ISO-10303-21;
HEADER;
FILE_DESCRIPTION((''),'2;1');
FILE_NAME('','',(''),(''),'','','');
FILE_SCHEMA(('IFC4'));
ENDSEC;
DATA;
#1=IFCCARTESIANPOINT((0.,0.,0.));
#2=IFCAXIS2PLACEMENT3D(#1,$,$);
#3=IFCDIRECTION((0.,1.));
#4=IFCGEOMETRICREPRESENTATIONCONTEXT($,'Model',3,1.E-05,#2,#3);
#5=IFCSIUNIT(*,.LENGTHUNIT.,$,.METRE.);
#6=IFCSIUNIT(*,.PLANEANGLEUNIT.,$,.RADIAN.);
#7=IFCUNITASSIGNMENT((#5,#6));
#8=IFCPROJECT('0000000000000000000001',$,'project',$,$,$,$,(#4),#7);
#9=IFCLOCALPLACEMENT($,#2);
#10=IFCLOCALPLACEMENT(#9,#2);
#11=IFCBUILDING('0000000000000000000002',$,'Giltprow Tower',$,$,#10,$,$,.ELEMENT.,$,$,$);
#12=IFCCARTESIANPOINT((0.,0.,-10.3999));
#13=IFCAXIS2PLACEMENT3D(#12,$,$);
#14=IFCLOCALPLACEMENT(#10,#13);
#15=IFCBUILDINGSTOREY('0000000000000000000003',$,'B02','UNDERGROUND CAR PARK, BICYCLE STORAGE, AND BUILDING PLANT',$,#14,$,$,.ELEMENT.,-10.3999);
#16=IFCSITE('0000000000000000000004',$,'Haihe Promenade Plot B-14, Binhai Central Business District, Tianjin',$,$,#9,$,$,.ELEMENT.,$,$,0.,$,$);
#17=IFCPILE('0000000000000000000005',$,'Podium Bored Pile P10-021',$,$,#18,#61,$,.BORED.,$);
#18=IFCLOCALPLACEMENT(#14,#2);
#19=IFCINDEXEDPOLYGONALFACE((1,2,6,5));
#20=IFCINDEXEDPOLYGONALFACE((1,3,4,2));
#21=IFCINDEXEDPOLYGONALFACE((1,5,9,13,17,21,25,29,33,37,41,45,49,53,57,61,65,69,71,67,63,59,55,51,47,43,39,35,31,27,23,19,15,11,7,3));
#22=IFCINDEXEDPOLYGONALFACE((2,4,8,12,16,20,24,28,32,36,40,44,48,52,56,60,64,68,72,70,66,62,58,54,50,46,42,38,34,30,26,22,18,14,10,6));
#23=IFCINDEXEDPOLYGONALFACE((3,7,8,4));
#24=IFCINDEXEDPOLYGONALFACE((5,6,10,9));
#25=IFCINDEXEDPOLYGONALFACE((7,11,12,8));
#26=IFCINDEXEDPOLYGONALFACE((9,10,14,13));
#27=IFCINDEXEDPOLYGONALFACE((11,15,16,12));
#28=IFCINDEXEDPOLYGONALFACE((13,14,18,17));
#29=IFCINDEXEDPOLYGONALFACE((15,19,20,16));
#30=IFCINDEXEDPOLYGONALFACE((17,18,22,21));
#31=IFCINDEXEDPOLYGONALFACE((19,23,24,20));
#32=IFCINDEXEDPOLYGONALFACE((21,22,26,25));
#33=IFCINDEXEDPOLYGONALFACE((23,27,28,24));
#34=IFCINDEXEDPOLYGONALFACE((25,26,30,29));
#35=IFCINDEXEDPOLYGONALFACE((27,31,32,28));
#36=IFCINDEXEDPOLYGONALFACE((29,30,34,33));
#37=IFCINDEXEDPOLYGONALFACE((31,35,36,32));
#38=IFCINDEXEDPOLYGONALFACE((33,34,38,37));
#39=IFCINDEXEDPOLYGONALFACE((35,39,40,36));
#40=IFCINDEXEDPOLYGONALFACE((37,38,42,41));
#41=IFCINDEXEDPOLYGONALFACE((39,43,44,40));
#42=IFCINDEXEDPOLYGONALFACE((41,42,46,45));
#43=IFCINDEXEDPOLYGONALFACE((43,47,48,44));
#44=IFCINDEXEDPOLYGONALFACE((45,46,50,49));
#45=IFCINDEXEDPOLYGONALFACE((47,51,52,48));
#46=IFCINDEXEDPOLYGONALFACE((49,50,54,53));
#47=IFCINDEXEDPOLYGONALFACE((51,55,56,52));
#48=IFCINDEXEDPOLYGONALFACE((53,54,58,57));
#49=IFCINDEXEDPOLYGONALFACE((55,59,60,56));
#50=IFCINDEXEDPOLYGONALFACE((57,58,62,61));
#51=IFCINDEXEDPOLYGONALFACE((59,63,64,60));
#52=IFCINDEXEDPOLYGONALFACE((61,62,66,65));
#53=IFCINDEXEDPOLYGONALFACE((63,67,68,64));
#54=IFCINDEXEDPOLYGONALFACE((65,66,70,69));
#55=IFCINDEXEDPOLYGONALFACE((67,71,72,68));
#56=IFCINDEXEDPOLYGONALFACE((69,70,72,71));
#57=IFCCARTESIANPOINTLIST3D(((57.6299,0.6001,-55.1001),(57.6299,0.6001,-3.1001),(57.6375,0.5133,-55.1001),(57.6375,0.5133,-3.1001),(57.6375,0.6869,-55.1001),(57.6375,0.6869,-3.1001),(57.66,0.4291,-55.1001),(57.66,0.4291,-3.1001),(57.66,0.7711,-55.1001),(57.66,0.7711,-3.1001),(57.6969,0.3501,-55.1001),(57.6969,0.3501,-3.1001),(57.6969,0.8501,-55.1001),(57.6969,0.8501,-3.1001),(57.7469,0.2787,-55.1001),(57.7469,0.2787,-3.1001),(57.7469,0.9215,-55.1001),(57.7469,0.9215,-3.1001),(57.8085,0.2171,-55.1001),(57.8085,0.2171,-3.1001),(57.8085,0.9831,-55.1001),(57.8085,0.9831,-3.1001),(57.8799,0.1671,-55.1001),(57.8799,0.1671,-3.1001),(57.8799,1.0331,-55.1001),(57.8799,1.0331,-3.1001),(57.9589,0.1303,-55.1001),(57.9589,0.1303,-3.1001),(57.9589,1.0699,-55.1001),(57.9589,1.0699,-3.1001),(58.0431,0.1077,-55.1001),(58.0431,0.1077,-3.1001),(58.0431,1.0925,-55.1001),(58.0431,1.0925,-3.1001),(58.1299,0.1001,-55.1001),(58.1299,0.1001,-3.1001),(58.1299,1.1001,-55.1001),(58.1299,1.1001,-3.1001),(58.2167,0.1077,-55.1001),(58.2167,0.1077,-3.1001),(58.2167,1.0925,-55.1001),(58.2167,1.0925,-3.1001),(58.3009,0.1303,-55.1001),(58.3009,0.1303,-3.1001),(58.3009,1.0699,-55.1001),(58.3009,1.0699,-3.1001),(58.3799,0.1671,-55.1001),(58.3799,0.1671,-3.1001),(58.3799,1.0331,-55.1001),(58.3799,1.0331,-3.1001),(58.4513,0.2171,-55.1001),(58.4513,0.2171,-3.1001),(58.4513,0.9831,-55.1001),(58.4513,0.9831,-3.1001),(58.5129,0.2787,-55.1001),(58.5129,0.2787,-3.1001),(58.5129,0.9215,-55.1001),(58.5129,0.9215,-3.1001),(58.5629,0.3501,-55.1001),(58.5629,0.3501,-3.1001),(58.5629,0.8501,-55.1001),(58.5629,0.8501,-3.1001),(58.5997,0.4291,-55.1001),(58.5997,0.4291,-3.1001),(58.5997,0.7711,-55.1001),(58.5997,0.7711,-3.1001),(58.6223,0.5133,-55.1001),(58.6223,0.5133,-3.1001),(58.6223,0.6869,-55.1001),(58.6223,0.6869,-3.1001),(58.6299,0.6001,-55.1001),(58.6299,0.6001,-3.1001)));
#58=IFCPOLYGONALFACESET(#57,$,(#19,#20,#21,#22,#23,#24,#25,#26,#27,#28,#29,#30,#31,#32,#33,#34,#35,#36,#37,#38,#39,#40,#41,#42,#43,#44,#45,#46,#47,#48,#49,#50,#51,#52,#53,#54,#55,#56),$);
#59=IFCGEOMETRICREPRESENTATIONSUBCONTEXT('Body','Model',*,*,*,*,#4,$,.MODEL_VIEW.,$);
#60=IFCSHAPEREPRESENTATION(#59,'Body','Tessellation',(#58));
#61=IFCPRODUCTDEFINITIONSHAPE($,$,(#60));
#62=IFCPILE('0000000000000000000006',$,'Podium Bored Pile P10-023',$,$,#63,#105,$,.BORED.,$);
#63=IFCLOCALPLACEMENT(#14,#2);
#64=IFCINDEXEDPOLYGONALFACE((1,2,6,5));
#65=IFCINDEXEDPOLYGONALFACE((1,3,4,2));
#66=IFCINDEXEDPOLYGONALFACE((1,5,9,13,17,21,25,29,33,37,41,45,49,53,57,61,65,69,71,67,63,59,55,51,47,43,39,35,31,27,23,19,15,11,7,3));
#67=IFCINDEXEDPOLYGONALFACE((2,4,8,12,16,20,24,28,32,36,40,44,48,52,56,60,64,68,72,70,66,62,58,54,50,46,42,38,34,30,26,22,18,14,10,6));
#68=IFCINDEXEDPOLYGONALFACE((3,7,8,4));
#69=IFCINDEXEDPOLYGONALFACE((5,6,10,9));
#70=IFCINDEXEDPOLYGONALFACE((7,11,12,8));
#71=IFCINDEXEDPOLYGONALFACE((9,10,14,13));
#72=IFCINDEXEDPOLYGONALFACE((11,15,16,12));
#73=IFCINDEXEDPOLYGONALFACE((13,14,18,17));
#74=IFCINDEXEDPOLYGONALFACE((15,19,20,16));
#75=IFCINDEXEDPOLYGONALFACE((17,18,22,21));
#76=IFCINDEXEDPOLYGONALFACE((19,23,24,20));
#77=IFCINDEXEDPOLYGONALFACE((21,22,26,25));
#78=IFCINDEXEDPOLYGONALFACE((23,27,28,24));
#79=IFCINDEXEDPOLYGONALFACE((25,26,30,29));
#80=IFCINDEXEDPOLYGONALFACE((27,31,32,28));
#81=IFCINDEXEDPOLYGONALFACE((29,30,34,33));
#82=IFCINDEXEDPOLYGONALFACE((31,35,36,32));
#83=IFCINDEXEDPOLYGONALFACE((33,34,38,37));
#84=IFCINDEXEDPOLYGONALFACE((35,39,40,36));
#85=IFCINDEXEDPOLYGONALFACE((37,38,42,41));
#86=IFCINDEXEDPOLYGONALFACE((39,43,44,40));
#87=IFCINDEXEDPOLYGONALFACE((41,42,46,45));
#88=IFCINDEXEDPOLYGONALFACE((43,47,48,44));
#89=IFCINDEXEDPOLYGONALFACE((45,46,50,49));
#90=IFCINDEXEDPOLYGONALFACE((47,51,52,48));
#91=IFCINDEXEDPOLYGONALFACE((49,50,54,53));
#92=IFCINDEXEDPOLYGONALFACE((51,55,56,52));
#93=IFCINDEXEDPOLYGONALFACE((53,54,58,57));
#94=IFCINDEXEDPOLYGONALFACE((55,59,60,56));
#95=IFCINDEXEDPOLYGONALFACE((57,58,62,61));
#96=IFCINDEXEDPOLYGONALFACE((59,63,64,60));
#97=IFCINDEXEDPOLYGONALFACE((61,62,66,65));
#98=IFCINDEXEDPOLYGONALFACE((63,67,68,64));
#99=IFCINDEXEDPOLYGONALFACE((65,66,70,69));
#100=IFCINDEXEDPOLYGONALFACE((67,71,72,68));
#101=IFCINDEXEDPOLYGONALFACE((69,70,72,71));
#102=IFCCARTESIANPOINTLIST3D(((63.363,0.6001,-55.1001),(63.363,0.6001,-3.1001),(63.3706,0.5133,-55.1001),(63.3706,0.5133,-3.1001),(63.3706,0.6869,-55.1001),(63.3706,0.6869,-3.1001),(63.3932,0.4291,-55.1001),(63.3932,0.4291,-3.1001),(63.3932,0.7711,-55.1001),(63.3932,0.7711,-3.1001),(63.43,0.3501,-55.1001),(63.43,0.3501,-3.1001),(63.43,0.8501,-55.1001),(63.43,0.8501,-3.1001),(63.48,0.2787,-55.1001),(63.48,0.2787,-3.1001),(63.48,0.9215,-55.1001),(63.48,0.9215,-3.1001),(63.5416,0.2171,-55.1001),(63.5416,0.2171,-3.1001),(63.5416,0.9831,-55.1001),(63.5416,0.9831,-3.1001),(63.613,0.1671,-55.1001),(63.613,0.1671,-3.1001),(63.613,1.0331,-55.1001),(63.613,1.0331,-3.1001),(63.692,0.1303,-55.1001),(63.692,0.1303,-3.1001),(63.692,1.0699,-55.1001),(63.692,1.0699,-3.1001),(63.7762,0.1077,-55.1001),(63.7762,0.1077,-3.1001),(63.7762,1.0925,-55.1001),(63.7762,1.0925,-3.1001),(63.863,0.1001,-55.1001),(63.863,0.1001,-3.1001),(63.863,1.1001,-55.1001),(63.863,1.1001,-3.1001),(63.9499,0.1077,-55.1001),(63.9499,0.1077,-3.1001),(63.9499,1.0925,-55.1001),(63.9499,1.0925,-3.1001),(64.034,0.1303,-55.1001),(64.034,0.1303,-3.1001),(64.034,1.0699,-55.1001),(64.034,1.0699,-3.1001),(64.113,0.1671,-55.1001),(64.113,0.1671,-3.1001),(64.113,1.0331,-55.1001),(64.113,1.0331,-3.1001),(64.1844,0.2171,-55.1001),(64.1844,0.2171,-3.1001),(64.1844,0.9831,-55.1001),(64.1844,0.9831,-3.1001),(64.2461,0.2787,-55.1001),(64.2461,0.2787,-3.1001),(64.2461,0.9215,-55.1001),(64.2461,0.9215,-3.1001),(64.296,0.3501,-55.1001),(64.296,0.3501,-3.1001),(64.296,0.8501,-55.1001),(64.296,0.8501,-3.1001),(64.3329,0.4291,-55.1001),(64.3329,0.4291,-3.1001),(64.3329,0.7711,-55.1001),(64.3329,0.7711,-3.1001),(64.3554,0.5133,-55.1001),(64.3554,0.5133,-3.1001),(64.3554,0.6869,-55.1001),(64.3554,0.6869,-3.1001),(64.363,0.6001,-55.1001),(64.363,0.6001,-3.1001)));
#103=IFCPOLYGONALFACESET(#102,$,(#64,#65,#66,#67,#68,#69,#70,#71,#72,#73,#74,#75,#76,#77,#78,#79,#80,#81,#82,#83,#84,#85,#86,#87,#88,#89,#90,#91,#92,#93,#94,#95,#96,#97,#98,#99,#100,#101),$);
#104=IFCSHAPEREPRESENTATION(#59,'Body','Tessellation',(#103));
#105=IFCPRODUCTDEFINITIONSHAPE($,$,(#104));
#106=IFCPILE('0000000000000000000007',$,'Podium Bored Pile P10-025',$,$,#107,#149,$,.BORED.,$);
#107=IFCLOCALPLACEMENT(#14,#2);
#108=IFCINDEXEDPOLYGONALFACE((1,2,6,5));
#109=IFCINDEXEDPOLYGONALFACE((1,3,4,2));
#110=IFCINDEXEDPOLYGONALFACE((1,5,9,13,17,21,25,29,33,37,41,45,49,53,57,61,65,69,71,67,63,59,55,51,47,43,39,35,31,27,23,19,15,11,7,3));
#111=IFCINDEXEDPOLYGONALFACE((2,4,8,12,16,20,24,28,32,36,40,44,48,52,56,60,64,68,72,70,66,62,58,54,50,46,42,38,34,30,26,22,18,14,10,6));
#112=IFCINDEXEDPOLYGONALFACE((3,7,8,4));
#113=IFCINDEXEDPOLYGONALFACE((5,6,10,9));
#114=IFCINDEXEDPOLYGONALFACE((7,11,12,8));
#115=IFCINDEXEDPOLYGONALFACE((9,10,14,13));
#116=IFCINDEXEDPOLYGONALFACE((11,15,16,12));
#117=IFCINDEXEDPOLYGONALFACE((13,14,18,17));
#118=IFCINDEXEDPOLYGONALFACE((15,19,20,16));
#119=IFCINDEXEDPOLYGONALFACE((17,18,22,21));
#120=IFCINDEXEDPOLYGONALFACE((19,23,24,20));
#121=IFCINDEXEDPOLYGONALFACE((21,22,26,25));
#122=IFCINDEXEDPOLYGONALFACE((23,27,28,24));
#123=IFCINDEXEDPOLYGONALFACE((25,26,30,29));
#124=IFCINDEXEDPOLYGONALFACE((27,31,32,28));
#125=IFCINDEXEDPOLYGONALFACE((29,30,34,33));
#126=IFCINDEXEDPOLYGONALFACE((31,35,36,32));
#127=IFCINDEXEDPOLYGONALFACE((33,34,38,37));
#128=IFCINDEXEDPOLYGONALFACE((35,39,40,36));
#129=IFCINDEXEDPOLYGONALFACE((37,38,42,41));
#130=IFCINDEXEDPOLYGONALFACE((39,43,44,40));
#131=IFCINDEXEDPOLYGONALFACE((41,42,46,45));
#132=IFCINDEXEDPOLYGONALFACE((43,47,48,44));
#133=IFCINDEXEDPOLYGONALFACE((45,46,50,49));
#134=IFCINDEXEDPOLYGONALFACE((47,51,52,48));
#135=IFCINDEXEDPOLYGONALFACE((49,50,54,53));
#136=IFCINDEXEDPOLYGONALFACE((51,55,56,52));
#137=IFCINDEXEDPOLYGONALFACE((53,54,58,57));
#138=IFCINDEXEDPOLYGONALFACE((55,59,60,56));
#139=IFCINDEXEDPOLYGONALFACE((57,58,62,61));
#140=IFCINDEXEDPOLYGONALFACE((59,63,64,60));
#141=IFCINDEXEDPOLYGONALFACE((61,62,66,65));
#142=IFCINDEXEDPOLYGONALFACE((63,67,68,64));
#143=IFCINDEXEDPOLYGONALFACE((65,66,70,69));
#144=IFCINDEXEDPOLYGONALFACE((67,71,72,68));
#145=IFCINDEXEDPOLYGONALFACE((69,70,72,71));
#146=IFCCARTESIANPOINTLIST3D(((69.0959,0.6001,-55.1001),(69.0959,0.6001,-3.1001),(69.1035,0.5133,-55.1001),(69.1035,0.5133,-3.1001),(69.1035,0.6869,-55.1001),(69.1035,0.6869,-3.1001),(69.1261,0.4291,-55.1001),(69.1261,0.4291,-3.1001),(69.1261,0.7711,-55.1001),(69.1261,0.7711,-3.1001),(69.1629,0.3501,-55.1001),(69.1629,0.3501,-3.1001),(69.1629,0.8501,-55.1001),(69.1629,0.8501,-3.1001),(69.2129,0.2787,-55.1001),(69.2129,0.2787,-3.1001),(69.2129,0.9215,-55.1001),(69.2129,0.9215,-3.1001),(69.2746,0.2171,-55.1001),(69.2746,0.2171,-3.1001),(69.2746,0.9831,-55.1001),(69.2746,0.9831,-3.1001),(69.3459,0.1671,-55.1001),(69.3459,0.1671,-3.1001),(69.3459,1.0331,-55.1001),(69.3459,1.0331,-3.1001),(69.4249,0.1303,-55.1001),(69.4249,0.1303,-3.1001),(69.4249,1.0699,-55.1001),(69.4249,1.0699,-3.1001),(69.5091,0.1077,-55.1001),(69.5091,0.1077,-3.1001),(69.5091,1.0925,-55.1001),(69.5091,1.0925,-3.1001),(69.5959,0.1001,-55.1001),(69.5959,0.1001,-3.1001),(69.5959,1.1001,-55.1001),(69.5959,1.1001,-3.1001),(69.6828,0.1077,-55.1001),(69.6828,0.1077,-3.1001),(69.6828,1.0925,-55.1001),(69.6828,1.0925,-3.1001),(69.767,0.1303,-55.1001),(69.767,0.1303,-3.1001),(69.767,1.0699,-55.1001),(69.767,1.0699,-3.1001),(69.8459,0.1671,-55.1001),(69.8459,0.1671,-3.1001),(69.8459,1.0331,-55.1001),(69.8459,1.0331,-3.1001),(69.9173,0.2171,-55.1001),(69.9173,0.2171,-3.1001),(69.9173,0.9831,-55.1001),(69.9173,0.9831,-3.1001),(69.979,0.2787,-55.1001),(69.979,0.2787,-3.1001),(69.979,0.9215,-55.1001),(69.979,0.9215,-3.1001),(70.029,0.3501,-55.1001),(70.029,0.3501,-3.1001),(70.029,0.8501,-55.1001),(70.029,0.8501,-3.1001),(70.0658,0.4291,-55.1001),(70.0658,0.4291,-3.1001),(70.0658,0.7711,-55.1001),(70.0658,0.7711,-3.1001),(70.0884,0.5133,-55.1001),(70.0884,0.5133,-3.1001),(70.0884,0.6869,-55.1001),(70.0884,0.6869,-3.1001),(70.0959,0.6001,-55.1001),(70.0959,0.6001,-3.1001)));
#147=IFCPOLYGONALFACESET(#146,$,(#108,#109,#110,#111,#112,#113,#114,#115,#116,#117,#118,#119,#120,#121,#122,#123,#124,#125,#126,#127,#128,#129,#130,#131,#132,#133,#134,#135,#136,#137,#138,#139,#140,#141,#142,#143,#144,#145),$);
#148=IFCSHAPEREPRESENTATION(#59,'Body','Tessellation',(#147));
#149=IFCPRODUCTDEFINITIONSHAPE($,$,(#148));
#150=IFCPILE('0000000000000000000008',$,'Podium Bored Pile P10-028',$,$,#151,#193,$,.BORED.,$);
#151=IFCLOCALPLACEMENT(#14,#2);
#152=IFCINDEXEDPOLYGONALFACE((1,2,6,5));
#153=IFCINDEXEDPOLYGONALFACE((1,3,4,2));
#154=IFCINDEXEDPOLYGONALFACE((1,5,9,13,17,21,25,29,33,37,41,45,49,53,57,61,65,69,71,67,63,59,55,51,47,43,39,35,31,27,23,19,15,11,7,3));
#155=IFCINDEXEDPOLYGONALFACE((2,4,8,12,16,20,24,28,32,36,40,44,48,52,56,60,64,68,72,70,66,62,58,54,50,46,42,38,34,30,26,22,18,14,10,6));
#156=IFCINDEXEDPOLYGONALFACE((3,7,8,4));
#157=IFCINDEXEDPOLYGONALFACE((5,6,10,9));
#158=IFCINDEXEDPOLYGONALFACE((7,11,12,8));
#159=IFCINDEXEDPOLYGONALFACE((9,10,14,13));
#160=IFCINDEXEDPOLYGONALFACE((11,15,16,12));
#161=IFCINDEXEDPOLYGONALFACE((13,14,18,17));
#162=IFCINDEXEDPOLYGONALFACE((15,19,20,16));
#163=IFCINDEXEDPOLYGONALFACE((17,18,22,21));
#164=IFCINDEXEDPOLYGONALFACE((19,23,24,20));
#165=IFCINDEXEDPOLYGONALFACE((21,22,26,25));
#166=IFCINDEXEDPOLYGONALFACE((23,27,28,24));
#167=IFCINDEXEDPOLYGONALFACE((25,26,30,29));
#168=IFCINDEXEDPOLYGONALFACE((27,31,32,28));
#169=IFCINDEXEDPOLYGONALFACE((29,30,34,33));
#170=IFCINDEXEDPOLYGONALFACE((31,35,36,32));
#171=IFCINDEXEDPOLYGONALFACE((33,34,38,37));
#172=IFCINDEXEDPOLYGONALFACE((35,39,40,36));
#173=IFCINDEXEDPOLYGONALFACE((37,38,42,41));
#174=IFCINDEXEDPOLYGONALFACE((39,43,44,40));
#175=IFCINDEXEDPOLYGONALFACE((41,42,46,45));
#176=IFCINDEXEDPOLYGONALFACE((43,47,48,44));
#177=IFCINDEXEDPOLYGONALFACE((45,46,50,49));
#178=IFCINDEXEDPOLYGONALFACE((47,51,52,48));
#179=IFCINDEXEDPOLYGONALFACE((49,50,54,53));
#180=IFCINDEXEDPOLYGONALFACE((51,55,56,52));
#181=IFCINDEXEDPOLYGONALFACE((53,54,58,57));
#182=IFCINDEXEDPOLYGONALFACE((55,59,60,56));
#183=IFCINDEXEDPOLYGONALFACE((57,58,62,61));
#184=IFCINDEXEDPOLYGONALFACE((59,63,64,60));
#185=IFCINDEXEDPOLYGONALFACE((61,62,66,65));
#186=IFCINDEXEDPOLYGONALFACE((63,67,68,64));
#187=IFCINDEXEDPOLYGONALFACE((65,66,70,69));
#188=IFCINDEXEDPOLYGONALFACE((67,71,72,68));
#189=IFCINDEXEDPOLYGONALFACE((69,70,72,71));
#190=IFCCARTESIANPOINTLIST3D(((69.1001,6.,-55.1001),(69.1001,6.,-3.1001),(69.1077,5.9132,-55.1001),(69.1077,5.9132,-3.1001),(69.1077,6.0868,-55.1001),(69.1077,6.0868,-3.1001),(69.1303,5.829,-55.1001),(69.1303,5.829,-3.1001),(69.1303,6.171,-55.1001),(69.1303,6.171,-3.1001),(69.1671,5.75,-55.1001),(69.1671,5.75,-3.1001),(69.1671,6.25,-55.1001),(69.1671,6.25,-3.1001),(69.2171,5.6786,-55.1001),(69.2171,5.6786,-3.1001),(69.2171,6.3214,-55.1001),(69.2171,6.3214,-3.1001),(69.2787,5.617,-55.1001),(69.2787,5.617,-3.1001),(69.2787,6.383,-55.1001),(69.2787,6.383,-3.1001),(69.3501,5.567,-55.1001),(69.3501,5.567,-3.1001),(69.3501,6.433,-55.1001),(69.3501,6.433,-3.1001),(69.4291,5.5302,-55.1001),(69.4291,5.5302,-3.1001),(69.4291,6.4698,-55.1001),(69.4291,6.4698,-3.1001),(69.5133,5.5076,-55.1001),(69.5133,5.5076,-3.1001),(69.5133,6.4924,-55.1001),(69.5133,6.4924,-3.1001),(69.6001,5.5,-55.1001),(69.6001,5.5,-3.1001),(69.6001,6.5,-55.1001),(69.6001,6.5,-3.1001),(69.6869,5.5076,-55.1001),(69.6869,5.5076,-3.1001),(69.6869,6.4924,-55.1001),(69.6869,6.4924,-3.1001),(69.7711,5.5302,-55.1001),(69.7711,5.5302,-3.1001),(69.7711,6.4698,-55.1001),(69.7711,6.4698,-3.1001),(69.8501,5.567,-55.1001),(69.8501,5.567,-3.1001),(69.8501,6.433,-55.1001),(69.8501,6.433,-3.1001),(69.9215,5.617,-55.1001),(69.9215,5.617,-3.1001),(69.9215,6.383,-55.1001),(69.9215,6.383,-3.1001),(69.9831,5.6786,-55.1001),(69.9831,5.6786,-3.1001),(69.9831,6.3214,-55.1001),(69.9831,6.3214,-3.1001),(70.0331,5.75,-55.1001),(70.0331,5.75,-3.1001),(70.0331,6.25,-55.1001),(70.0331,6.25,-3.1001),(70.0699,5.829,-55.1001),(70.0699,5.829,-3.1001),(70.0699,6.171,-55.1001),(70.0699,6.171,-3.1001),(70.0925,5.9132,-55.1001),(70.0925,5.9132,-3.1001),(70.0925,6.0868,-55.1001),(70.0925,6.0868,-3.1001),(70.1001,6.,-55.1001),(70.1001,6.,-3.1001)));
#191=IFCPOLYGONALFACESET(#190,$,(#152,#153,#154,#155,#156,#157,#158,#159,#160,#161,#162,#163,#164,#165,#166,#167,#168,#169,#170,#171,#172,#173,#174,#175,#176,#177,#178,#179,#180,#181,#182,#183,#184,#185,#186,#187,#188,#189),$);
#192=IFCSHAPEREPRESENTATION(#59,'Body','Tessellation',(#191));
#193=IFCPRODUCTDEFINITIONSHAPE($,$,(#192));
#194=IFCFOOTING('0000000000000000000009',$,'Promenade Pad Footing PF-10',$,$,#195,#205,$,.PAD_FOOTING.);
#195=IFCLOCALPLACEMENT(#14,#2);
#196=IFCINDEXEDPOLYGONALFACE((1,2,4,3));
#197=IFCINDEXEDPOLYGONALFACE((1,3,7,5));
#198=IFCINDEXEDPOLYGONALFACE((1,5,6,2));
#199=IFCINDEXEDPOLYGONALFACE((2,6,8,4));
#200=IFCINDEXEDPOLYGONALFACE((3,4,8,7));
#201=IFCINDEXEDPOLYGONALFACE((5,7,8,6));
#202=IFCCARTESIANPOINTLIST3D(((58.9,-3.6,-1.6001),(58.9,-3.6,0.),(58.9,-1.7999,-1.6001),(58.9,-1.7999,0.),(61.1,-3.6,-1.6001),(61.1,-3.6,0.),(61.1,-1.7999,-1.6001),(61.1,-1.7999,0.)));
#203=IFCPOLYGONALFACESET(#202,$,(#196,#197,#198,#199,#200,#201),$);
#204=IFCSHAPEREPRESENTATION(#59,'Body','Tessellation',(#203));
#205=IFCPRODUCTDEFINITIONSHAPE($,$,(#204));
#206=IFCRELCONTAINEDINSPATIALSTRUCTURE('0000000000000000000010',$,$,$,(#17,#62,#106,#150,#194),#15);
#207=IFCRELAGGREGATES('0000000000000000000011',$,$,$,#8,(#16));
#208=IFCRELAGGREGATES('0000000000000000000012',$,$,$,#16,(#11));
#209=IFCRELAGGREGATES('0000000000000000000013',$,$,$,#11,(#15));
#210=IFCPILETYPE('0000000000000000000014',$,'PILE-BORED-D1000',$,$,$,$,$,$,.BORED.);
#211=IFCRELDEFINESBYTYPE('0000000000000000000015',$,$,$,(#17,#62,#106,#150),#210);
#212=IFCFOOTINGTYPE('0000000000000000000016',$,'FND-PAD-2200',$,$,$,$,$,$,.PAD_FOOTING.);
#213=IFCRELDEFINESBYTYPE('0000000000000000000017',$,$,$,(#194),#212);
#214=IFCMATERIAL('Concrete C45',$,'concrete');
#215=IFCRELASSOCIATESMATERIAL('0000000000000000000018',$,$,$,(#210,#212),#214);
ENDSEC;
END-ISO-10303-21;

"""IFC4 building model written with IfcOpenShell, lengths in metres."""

from ifc_helpers import new_model, si_unit, direction, frame, origin, origin_2d, place, context, subcontext, project, spatial, rectangle, circle, extrude, source, transform, mapped, material, material_profile, profile_set, type_object, element, save


model = new_model("IFC4")

# Units and contexts
model_context = context("Model", 3, precision=1e-05, world=origin(), true_north=direction((0.0, 1.0)))
body_context = subcontext(model_context, "Body", "Model", "MODEL_VIEW")
ifc_project = project(units=[si_unit("LENGTHUNIT", "METRE"), si_unit("PLANEANGLEUNIT", "RADIAN")], contexts=[model_context])

# Site, building, storey
site_placement = place(None, origin())
site = spatial("IfcSite", under=ifc_project, at=site_placement, Name="Haihe Promenade Plot B-14, Binhai Central Business District, Tianjin", CompositionType="ELEMENT", RefElevation=0.0)
building_placement = place(site_placement, origin())
building = spatial("IfcBuilding", under=site, at=building_placement, Name="Giltprow Tower", CompositionType="ELEMENT")
storey_placement = place(building_placement, frame((0.0, 0.0, -10.3999)))
storey = spatial("IfcBuildingStorey", under=building, at=storey_placement, Name="B02", Description="UNDERGROUND CAR PARK, BICYCLE STORAGE, AND BUILDING PLANT", CompositionType="ELEMENT", Elevation=-10.3999)

# Piles
ifc_material_1 = material(Name="Concrete C45", Category="concrete")
ifc_material_profile_1 = material_profile(ifc_material_1, circle(Radius=0.5, at=origin_2d()), Name="PILE D1000")
ifc_profile_set_1 = profile_set([ifc_material_profile_1], Name="Concrete C45")
pile_type_1 = type_object("IfcPileType", Name="PILE-BORED-D1000", PredefinedType="BORED", material=ifc_profile_set_1)
shared_shape_1 = source(origin(), body_context, "Body", "SweptSolid", [
    extrude(circle(Radius=0.5, at=origin_2d()), origin(), (0.0, 0.0, 1.0), 52.0),
])
for number, where, z_axis, x_axis, name in (
    (1, (58.1299, 0.6001, -3.1001), (0.0, 0.0, -1.0), (1.0, 0.0, 0.0), "Podium Bored Pile P10-021"),
    (2, (63.863, 0.6001, -3.1001), (0.0, 0.0, -1.0), (1.0, 0.0, 0.0), "Podium Bored Pile P10-023"),
    (3, (69.5959, 0.6001, -3.1001), (0.0, 0.0, -1.0), (1.0, 0.0, 0.0), "Podium Bored Pile P10-025"),
    (4, (69.6001, 6.0, -3.1001), (0.0, 0.0, -1.0), (1.0, 0.0, 0.0), "Podium Bored Pile P10-028"),
):
    element("IfcPile", number, at=place(storey_placement, frame(where, z_axis=z_axis, x_axis=x_axis)), inside=storey, type_object=pile_type_1, Name=name, PredefinedType="BORED", context=body_context, shape_type="MappedRepresentation", body=[
        mapped(shared_shape_1, transform((0.0, 0.0, 0.0), x_axis=(1.0, 0.0, 0.0), y_axis=(0.0, 1.0, 0.0), z_axis=(0.0, 0.0, 1.0), scale=1.0)),
    ])

# Footing
footing_type_1 = type_object("IfcFootingType", Name="FND-PAD-2200", PredefinedType="PAD_FOOTING", material=ifc_material_1)
shared_shape_2 = source(origin(), body_context, "Body", "SweptSolid", [
    extrude(rectangle(XDim=2.2, YDim=1.8, at=origin_2d()), origin(), (0.0, 0.0, 1.0), 1.6001),
])
for number, where, z_axis, x_axis, name in (
    (5, (60.0, -2.7, -1.6001), (0.0, 0.0, 1.0), (1.0, 0.0, 0.0), "Promenade Pad Footing PF-10"),
):
    element("IfcFooting", number, at=place(storey_placement, frame(where, z_axis=z_axis, x_axis=x_axis)), inside=storey, type_object=footing_type_1, Name=name, PredefinedType="PAD_FOOTING", context=body_context, shape_type="MappedRepresentation", body=[
        mapped(shared_shape_2, transform((0.0, 0.0, 0.0), x_axis=(1.0, 0.0, 0.0), y_axis=(0.0, 1.0, 0.0), z_axis=(0.0, 0.0, 1.0), scale=1.0)),
    ])

save(model, "model.ifc")
